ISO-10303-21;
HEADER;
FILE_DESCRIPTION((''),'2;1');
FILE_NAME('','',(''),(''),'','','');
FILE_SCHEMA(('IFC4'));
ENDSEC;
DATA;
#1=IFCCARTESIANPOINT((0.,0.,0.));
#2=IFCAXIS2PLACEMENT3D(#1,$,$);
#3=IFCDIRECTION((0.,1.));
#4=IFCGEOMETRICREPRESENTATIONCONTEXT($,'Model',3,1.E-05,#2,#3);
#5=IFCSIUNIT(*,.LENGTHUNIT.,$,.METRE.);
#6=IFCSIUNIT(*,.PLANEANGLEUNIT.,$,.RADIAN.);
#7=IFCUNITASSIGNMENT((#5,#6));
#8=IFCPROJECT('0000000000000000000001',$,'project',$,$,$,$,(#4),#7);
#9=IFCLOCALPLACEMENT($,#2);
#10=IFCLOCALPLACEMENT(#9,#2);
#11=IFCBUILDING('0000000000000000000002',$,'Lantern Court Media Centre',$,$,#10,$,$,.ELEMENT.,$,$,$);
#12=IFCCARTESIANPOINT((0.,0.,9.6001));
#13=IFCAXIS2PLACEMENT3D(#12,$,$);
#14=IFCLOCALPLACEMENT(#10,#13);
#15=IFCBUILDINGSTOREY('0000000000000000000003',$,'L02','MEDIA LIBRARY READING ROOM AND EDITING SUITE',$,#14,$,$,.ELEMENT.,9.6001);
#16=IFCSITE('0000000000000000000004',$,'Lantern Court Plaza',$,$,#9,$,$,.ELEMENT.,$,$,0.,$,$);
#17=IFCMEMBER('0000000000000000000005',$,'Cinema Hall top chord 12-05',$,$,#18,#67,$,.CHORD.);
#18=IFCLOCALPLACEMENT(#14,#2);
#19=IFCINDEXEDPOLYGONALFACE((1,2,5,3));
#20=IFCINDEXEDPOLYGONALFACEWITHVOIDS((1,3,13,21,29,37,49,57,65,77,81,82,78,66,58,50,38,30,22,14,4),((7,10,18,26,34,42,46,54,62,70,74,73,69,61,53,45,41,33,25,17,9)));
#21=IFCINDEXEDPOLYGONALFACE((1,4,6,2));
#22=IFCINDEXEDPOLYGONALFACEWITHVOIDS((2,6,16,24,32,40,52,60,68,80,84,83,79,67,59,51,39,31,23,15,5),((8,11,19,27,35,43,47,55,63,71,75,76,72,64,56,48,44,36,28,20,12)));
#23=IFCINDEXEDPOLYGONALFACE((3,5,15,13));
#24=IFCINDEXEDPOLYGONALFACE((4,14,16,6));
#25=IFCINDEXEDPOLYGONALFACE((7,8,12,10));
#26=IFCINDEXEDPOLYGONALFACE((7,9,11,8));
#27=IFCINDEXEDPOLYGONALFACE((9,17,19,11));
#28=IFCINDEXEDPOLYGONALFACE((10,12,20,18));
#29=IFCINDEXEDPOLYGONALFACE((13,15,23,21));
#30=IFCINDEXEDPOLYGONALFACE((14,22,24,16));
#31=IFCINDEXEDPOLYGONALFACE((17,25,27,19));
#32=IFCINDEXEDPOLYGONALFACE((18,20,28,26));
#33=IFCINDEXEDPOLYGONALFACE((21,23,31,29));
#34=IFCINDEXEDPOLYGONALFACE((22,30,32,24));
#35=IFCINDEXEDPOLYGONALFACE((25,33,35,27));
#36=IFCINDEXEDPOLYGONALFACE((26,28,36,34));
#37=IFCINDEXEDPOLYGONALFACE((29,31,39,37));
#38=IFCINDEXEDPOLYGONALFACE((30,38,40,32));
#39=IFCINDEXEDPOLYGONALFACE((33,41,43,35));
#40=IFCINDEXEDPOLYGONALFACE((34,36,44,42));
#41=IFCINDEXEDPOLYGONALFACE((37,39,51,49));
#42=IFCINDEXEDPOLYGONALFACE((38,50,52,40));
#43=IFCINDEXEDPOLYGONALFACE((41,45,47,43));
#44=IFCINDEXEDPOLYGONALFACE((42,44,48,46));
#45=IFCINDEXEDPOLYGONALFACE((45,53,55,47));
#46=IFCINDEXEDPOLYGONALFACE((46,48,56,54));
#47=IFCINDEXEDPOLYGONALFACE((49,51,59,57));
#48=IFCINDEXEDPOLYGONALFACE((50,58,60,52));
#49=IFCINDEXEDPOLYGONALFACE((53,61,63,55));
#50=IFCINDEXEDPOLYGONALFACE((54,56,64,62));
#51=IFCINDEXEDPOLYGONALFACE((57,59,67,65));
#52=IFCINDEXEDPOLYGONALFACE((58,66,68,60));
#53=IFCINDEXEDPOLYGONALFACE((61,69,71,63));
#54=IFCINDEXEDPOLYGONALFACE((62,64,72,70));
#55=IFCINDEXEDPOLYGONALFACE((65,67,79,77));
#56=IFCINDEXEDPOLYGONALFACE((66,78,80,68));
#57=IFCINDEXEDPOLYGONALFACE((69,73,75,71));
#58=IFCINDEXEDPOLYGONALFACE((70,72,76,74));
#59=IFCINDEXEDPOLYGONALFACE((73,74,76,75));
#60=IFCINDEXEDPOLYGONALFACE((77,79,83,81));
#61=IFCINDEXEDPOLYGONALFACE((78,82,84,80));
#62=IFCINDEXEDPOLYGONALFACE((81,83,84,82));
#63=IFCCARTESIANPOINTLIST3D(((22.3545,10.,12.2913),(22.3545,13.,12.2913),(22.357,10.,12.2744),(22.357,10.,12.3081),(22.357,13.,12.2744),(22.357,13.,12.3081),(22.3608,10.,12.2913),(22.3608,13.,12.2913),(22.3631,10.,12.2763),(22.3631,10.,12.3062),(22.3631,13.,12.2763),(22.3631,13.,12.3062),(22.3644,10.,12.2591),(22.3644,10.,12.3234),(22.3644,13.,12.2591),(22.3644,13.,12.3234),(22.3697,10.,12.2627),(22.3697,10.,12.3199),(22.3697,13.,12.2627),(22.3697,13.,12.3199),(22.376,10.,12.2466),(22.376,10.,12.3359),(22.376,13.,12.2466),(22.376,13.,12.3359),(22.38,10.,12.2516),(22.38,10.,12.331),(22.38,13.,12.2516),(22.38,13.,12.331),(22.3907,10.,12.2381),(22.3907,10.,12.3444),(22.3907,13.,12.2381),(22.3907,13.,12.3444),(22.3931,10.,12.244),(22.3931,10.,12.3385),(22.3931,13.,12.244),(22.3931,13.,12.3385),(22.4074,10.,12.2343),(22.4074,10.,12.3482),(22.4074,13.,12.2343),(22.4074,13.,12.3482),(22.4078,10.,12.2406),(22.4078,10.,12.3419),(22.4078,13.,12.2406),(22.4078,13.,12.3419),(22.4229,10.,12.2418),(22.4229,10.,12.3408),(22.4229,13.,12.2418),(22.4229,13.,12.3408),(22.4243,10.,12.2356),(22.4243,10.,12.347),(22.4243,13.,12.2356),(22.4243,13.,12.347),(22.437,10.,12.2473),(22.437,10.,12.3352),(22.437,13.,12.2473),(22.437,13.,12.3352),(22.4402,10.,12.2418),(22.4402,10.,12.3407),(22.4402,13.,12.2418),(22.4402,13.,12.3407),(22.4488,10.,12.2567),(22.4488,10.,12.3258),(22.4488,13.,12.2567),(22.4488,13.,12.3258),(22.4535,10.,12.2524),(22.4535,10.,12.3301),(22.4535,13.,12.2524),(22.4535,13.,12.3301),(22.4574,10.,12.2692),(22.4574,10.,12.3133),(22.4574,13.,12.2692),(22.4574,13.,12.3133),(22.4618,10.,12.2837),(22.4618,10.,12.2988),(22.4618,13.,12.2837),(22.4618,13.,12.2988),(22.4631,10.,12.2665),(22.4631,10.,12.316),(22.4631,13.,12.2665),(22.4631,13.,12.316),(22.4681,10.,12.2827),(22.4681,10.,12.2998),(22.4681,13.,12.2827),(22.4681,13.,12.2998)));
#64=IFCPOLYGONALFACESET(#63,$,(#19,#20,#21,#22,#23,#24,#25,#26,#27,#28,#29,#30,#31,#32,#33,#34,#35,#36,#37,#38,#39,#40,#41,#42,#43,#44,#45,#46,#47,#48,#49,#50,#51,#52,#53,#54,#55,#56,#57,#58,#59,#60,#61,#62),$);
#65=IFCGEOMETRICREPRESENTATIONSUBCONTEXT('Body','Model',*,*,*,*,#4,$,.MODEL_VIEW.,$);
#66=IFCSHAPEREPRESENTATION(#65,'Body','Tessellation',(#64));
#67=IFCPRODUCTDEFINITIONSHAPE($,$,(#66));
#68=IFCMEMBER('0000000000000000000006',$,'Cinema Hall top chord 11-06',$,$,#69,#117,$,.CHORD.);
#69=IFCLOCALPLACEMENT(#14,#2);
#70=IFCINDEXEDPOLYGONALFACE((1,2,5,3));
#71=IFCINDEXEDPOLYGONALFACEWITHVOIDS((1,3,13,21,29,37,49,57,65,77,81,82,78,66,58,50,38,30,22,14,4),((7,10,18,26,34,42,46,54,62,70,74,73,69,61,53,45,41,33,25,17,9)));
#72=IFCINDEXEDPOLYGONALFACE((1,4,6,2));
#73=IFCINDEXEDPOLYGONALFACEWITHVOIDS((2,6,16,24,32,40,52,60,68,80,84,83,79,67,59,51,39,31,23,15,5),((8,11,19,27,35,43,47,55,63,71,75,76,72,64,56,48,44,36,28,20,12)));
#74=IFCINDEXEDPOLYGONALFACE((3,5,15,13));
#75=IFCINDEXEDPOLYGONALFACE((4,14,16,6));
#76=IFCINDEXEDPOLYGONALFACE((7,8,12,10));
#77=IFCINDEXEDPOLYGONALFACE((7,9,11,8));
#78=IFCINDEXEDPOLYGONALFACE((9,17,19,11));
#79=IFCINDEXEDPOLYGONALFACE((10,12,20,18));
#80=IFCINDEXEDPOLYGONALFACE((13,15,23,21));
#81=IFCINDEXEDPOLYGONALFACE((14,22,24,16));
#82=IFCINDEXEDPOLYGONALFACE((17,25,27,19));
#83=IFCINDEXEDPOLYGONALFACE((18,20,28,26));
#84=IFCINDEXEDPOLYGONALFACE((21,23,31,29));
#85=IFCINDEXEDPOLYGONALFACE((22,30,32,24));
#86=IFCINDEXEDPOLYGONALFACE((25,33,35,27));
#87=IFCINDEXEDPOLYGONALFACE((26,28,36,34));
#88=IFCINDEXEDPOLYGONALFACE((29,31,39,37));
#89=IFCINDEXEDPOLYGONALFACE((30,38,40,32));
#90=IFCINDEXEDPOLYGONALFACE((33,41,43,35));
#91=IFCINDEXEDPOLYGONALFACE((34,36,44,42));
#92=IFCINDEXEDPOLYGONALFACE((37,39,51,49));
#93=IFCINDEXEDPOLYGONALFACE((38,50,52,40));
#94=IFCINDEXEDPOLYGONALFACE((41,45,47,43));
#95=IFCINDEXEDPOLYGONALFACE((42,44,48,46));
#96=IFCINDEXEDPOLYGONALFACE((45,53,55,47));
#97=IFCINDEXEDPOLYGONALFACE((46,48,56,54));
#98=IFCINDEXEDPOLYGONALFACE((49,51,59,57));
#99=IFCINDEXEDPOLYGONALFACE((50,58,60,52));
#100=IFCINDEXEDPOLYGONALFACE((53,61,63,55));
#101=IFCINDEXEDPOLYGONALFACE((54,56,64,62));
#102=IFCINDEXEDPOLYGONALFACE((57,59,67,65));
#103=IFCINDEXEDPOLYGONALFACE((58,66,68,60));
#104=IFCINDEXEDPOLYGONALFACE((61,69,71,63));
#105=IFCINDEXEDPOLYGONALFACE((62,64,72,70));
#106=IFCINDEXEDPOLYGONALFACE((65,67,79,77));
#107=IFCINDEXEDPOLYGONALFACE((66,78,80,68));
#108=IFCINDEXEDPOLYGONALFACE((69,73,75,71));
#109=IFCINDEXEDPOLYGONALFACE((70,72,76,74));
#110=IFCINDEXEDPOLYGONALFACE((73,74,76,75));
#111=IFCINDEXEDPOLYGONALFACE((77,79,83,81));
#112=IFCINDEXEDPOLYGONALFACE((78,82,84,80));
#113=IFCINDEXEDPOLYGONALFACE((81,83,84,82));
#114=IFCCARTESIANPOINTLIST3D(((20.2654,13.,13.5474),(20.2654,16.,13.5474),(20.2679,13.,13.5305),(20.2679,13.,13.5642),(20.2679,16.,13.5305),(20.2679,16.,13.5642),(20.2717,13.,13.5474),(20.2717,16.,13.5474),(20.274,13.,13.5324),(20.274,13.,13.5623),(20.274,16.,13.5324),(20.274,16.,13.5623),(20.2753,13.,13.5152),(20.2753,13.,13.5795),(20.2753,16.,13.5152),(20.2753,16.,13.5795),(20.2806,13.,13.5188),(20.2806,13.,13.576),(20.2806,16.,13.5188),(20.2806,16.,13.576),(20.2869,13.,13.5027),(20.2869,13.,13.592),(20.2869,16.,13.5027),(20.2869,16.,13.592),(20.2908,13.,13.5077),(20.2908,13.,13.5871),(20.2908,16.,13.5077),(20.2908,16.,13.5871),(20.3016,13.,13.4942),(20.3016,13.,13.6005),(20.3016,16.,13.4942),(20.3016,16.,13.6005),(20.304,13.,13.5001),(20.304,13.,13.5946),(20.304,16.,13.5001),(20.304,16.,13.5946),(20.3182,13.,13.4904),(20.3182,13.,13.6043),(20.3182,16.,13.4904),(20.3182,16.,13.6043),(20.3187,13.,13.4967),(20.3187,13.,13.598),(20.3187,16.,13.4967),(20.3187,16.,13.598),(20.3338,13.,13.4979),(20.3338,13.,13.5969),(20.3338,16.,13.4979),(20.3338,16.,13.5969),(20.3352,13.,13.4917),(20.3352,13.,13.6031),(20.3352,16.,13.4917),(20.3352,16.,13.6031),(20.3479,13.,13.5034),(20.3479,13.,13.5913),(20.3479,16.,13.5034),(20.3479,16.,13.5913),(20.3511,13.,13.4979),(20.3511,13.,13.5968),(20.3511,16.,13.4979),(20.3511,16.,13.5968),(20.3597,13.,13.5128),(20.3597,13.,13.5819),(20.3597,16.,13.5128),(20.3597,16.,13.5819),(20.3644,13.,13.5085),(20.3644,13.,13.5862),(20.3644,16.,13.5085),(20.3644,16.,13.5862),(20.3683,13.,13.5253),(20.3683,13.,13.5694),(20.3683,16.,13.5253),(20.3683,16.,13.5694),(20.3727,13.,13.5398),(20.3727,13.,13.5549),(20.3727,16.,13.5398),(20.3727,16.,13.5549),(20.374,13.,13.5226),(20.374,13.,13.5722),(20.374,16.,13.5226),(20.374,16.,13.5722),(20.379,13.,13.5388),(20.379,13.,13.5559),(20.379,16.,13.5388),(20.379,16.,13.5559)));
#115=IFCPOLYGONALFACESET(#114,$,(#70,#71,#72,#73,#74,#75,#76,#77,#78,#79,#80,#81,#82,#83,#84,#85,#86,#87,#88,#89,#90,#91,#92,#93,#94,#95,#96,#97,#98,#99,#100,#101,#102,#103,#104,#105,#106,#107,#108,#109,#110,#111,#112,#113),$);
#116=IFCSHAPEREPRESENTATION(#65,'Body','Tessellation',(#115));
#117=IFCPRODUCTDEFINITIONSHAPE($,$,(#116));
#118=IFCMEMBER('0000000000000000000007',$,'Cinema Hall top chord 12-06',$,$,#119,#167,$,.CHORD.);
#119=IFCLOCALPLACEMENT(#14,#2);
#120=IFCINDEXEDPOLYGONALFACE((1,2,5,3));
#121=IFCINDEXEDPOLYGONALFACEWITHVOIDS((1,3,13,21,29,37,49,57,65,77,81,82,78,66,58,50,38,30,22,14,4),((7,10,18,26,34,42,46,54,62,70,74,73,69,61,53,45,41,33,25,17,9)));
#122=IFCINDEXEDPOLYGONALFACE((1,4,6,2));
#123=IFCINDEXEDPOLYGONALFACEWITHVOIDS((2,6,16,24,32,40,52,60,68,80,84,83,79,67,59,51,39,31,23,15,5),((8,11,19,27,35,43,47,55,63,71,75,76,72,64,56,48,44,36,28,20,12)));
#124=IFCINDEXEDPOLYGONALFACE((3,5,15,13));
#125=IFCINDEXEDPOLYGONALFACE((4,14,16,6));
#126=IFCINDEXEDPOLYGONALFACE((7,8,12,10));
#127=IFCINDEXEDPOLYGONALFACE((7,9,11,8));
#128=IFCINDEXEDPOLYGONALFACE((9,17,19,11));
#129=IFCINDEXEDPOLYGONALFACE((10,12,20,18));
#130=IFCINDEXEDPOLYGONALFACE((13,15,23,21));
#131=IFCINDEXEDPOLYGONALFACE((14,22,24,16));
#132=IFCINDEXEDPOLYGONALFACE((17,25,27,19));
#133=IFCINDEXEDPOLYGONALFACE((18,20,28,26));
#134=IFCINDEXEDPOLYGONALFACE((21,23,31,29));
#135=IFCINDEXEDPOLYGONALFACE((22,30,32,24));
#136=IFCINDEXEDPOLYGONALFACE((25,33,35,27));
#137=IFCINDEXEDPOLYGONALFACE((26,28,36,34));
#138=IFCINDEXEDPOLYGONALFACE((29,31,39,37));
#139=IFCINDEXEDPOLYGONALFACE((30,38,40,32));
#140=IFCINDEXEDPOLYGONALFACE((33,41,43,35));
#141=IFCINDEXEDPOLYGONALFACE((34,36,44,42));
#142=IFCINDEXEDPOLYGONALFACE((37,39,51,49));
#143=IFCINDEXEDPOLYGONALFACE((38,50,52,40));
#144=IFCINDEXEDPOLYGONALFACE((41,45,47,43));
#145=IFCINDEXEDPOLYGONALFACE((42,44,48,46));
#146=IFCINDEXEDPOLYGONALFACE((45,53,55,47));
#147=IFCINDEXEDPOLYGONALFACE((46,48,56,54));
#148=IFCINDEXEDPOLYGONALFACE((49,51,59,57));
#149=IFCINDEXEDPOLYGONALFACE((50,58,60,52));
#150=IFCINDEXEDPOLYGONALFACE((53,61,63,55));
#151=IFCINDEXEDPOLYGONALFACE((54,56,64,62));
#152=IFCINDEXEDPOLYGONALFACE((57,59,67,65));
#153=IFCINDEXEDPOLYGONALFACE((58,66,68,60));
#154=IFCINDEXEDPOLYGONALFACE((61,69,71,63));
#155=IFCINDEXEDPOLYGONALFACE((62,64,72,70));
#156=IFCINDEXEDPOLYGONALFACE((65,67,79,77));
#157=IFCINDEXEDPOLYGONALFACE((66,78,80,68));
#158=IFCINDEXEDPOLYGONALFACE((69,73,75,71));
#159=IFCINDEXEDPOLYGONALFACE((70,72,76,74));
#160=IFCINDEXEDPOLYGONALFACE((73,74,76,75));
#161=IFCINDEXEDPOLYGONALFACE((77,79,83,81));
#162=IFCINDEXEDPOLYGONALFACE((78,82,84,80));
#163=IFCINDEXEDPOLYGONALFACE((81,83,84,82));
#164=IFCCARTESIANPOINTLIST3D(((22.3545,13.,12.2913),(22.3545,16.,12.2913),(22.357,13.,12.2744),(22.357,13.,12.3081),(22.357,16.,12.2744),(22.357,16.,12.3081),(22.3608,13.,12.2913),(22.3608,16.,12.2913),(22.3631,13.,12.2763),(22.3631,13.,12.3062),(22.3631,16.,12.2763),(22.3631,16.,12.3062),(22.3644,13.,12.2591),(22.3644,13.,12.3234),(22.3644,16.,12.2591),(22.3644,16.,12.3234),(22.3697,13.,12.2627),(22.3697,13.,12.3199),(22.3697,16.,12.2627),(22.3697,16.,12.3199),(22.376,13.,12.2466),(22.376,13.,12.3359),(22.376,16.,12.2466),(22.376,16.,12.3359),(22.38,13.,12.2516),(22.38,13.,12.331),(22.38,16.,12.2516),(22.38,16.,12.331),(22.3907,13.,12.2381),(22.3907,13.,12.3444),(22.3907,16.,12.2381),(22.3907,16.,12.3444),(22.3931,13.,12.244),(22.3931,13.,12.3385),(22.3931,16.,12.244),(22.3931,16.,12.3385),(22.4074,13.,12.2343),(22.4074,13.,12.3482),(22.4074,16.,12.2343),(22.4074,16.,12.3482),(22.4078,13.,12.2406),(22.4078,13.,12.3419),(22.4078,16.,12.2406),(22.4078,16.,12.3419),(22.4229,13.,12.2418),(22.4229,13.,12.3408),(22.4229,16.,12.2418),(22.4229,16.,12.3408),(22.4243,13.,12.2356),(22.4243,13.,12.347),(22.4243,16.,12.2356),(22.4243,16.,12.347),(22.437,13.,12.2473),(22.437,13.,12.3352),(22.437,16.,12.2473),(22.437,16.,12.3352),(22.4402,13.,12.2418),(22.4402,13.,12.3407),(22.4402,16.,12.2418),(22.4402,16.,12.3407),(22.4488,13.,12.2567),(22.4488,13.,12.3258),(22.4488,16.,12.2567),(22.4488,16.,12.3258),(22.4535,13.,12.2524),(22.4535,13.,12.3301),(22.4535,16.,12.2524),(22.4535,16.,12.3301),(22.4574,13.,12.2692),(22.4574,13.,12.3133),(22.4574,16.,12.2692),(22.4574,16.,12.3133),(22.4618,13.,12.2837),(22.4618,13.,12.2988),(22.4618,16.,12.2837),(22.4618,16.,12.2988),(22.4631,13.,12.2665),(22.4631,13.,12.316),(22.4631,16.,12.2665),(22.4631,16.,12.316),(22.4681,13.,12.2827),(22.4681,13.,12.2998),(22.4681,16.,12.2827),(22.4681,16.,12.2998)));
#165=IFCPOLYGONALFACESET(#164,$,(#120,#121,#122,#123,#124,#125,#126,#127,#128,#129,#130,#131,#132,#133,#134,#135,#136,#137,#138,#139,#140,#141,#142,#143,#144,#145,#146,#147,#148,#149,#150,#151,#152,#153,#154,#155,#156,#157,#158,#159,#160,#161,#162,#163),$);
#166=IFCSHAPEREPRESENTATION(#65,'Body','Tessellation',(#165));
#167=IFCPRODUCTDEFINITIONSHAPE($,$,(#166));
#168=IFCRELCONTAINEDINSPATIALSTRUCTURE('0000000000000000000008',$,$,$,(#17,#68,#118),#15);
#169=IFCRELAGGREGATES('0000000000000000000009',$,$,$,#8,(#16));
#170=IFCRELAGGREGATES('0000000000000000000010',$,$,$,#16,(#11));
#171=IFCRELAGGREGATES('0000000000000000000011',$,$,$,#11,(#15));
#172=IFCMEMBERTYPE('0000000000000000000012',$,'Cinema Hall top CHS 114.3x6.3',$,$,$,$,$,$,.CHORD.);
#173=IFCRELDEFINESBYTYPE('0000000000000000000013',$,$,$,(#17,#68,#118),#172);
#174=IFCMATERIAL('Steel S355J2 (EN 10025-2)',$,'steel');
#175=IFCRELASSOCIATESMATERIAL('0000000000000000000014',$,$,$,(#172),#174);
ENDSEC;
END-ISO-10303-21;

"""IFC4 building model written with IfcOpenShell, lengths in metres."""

from ifc_helpers import new_model, si_unit, direction, frame, origin, origin_2d, place, context, subcontext, project, spatial, hollow_circle, extrude, material, material_profile, profile_set, type_object, element, save


model = new_model("IFC4")

# Units and contexts
model_context = context("Model", 3, precision=1e-05, world=origin(), true_north=direction((0.0, 1.0)))
body_context = subcontext(model_context, "Body", "Model", "MODEL_VIEW")
ifc_project = project(units=[si_unit("LENGTHUNIT", "METRE"), si_unit("PLANEANGLEUNIT", "RADIAN")], contexts=[model_context])

# Site, building, storey
site_placement = place(None, origin())
site = spatial("IfcSite", under=ifc_project, at=site_placement, Name="Lantern Court Plaza", CompositionType="ELEMENT", RefElevation=0.0)
building_placement = place(site_placement, origin())
building = spatial("IfcBuilding", under=site, at=building_placement, Name="Lantern Court Media Centre", CompositionType="ELEMENT")
storey_placement = place(building_placement, frame((0.0, 0.0, 9.6001)))
storey = spatial("IfcBuildingStorey", under=building, at=storey_placement, Name="L02", Description="MEDIA LIBRARY READING ROOM AND EDITING SUITE", CompositionType="ELEMENT", Elevation=9.6001)

# Members
ifc_material = material(Name="Steel S355J2 (EN 10025-2)", Category="steel")
ifc_material_profile_1 = material_profile(ifc_material, hollow_circle(Radius=0.0571, WallThickness=0.0063, at=origin_2d()), Name="Cinema Hall top CHS 114.3x6.3")
ifc_profile_set_1 = profile_set([ifc_material_profile_1], Name="Steel S355J2 (EN 10025-2)")
member_type_1 = type_object("IfcMemberType", Name="Cinema Hall top CHS 114.3x6.3", PredefinedType="CHORD", material=ifc_profile_set_1)
for number, where, z_axis, x_axis, name in (
    (1, (22.4116, 10.0, 12.2913), (0.0, 1.0, 0.0), (-1.0, 0.0, 0.0), "Cinema Hall top chord 12-05"),
    (2, (20.3225, 13.0, 13.5474), (0.0, 1.0, 0.0), (-1.0, 0.0, 0.0), "Cinema Hall top chord 11-06"),
    (3, (22.4116, 13.0, 12.2913), (0.0, 1.0, 0.0), (-1.0, 0.0, 0.0), "Cinema Hall top chord 12-06"),
):
    element("IfcMember", number, at=place(storey_placement, frame(where, z_axis=z_axis, x_axis=x_axis)), inside=storey, type_object=member_type_1, Name=name, PredefinedType="CHORD", context=body_context, shape_type="SweptSolid", body=[
        extrude(hollow_circle(Radius=0.0571, WallThickness=0.0063, at=origin_2d()), origin(), (0.0, 0.0, 1.0), 3.0),
    ])

save(model, "model.ifc")
